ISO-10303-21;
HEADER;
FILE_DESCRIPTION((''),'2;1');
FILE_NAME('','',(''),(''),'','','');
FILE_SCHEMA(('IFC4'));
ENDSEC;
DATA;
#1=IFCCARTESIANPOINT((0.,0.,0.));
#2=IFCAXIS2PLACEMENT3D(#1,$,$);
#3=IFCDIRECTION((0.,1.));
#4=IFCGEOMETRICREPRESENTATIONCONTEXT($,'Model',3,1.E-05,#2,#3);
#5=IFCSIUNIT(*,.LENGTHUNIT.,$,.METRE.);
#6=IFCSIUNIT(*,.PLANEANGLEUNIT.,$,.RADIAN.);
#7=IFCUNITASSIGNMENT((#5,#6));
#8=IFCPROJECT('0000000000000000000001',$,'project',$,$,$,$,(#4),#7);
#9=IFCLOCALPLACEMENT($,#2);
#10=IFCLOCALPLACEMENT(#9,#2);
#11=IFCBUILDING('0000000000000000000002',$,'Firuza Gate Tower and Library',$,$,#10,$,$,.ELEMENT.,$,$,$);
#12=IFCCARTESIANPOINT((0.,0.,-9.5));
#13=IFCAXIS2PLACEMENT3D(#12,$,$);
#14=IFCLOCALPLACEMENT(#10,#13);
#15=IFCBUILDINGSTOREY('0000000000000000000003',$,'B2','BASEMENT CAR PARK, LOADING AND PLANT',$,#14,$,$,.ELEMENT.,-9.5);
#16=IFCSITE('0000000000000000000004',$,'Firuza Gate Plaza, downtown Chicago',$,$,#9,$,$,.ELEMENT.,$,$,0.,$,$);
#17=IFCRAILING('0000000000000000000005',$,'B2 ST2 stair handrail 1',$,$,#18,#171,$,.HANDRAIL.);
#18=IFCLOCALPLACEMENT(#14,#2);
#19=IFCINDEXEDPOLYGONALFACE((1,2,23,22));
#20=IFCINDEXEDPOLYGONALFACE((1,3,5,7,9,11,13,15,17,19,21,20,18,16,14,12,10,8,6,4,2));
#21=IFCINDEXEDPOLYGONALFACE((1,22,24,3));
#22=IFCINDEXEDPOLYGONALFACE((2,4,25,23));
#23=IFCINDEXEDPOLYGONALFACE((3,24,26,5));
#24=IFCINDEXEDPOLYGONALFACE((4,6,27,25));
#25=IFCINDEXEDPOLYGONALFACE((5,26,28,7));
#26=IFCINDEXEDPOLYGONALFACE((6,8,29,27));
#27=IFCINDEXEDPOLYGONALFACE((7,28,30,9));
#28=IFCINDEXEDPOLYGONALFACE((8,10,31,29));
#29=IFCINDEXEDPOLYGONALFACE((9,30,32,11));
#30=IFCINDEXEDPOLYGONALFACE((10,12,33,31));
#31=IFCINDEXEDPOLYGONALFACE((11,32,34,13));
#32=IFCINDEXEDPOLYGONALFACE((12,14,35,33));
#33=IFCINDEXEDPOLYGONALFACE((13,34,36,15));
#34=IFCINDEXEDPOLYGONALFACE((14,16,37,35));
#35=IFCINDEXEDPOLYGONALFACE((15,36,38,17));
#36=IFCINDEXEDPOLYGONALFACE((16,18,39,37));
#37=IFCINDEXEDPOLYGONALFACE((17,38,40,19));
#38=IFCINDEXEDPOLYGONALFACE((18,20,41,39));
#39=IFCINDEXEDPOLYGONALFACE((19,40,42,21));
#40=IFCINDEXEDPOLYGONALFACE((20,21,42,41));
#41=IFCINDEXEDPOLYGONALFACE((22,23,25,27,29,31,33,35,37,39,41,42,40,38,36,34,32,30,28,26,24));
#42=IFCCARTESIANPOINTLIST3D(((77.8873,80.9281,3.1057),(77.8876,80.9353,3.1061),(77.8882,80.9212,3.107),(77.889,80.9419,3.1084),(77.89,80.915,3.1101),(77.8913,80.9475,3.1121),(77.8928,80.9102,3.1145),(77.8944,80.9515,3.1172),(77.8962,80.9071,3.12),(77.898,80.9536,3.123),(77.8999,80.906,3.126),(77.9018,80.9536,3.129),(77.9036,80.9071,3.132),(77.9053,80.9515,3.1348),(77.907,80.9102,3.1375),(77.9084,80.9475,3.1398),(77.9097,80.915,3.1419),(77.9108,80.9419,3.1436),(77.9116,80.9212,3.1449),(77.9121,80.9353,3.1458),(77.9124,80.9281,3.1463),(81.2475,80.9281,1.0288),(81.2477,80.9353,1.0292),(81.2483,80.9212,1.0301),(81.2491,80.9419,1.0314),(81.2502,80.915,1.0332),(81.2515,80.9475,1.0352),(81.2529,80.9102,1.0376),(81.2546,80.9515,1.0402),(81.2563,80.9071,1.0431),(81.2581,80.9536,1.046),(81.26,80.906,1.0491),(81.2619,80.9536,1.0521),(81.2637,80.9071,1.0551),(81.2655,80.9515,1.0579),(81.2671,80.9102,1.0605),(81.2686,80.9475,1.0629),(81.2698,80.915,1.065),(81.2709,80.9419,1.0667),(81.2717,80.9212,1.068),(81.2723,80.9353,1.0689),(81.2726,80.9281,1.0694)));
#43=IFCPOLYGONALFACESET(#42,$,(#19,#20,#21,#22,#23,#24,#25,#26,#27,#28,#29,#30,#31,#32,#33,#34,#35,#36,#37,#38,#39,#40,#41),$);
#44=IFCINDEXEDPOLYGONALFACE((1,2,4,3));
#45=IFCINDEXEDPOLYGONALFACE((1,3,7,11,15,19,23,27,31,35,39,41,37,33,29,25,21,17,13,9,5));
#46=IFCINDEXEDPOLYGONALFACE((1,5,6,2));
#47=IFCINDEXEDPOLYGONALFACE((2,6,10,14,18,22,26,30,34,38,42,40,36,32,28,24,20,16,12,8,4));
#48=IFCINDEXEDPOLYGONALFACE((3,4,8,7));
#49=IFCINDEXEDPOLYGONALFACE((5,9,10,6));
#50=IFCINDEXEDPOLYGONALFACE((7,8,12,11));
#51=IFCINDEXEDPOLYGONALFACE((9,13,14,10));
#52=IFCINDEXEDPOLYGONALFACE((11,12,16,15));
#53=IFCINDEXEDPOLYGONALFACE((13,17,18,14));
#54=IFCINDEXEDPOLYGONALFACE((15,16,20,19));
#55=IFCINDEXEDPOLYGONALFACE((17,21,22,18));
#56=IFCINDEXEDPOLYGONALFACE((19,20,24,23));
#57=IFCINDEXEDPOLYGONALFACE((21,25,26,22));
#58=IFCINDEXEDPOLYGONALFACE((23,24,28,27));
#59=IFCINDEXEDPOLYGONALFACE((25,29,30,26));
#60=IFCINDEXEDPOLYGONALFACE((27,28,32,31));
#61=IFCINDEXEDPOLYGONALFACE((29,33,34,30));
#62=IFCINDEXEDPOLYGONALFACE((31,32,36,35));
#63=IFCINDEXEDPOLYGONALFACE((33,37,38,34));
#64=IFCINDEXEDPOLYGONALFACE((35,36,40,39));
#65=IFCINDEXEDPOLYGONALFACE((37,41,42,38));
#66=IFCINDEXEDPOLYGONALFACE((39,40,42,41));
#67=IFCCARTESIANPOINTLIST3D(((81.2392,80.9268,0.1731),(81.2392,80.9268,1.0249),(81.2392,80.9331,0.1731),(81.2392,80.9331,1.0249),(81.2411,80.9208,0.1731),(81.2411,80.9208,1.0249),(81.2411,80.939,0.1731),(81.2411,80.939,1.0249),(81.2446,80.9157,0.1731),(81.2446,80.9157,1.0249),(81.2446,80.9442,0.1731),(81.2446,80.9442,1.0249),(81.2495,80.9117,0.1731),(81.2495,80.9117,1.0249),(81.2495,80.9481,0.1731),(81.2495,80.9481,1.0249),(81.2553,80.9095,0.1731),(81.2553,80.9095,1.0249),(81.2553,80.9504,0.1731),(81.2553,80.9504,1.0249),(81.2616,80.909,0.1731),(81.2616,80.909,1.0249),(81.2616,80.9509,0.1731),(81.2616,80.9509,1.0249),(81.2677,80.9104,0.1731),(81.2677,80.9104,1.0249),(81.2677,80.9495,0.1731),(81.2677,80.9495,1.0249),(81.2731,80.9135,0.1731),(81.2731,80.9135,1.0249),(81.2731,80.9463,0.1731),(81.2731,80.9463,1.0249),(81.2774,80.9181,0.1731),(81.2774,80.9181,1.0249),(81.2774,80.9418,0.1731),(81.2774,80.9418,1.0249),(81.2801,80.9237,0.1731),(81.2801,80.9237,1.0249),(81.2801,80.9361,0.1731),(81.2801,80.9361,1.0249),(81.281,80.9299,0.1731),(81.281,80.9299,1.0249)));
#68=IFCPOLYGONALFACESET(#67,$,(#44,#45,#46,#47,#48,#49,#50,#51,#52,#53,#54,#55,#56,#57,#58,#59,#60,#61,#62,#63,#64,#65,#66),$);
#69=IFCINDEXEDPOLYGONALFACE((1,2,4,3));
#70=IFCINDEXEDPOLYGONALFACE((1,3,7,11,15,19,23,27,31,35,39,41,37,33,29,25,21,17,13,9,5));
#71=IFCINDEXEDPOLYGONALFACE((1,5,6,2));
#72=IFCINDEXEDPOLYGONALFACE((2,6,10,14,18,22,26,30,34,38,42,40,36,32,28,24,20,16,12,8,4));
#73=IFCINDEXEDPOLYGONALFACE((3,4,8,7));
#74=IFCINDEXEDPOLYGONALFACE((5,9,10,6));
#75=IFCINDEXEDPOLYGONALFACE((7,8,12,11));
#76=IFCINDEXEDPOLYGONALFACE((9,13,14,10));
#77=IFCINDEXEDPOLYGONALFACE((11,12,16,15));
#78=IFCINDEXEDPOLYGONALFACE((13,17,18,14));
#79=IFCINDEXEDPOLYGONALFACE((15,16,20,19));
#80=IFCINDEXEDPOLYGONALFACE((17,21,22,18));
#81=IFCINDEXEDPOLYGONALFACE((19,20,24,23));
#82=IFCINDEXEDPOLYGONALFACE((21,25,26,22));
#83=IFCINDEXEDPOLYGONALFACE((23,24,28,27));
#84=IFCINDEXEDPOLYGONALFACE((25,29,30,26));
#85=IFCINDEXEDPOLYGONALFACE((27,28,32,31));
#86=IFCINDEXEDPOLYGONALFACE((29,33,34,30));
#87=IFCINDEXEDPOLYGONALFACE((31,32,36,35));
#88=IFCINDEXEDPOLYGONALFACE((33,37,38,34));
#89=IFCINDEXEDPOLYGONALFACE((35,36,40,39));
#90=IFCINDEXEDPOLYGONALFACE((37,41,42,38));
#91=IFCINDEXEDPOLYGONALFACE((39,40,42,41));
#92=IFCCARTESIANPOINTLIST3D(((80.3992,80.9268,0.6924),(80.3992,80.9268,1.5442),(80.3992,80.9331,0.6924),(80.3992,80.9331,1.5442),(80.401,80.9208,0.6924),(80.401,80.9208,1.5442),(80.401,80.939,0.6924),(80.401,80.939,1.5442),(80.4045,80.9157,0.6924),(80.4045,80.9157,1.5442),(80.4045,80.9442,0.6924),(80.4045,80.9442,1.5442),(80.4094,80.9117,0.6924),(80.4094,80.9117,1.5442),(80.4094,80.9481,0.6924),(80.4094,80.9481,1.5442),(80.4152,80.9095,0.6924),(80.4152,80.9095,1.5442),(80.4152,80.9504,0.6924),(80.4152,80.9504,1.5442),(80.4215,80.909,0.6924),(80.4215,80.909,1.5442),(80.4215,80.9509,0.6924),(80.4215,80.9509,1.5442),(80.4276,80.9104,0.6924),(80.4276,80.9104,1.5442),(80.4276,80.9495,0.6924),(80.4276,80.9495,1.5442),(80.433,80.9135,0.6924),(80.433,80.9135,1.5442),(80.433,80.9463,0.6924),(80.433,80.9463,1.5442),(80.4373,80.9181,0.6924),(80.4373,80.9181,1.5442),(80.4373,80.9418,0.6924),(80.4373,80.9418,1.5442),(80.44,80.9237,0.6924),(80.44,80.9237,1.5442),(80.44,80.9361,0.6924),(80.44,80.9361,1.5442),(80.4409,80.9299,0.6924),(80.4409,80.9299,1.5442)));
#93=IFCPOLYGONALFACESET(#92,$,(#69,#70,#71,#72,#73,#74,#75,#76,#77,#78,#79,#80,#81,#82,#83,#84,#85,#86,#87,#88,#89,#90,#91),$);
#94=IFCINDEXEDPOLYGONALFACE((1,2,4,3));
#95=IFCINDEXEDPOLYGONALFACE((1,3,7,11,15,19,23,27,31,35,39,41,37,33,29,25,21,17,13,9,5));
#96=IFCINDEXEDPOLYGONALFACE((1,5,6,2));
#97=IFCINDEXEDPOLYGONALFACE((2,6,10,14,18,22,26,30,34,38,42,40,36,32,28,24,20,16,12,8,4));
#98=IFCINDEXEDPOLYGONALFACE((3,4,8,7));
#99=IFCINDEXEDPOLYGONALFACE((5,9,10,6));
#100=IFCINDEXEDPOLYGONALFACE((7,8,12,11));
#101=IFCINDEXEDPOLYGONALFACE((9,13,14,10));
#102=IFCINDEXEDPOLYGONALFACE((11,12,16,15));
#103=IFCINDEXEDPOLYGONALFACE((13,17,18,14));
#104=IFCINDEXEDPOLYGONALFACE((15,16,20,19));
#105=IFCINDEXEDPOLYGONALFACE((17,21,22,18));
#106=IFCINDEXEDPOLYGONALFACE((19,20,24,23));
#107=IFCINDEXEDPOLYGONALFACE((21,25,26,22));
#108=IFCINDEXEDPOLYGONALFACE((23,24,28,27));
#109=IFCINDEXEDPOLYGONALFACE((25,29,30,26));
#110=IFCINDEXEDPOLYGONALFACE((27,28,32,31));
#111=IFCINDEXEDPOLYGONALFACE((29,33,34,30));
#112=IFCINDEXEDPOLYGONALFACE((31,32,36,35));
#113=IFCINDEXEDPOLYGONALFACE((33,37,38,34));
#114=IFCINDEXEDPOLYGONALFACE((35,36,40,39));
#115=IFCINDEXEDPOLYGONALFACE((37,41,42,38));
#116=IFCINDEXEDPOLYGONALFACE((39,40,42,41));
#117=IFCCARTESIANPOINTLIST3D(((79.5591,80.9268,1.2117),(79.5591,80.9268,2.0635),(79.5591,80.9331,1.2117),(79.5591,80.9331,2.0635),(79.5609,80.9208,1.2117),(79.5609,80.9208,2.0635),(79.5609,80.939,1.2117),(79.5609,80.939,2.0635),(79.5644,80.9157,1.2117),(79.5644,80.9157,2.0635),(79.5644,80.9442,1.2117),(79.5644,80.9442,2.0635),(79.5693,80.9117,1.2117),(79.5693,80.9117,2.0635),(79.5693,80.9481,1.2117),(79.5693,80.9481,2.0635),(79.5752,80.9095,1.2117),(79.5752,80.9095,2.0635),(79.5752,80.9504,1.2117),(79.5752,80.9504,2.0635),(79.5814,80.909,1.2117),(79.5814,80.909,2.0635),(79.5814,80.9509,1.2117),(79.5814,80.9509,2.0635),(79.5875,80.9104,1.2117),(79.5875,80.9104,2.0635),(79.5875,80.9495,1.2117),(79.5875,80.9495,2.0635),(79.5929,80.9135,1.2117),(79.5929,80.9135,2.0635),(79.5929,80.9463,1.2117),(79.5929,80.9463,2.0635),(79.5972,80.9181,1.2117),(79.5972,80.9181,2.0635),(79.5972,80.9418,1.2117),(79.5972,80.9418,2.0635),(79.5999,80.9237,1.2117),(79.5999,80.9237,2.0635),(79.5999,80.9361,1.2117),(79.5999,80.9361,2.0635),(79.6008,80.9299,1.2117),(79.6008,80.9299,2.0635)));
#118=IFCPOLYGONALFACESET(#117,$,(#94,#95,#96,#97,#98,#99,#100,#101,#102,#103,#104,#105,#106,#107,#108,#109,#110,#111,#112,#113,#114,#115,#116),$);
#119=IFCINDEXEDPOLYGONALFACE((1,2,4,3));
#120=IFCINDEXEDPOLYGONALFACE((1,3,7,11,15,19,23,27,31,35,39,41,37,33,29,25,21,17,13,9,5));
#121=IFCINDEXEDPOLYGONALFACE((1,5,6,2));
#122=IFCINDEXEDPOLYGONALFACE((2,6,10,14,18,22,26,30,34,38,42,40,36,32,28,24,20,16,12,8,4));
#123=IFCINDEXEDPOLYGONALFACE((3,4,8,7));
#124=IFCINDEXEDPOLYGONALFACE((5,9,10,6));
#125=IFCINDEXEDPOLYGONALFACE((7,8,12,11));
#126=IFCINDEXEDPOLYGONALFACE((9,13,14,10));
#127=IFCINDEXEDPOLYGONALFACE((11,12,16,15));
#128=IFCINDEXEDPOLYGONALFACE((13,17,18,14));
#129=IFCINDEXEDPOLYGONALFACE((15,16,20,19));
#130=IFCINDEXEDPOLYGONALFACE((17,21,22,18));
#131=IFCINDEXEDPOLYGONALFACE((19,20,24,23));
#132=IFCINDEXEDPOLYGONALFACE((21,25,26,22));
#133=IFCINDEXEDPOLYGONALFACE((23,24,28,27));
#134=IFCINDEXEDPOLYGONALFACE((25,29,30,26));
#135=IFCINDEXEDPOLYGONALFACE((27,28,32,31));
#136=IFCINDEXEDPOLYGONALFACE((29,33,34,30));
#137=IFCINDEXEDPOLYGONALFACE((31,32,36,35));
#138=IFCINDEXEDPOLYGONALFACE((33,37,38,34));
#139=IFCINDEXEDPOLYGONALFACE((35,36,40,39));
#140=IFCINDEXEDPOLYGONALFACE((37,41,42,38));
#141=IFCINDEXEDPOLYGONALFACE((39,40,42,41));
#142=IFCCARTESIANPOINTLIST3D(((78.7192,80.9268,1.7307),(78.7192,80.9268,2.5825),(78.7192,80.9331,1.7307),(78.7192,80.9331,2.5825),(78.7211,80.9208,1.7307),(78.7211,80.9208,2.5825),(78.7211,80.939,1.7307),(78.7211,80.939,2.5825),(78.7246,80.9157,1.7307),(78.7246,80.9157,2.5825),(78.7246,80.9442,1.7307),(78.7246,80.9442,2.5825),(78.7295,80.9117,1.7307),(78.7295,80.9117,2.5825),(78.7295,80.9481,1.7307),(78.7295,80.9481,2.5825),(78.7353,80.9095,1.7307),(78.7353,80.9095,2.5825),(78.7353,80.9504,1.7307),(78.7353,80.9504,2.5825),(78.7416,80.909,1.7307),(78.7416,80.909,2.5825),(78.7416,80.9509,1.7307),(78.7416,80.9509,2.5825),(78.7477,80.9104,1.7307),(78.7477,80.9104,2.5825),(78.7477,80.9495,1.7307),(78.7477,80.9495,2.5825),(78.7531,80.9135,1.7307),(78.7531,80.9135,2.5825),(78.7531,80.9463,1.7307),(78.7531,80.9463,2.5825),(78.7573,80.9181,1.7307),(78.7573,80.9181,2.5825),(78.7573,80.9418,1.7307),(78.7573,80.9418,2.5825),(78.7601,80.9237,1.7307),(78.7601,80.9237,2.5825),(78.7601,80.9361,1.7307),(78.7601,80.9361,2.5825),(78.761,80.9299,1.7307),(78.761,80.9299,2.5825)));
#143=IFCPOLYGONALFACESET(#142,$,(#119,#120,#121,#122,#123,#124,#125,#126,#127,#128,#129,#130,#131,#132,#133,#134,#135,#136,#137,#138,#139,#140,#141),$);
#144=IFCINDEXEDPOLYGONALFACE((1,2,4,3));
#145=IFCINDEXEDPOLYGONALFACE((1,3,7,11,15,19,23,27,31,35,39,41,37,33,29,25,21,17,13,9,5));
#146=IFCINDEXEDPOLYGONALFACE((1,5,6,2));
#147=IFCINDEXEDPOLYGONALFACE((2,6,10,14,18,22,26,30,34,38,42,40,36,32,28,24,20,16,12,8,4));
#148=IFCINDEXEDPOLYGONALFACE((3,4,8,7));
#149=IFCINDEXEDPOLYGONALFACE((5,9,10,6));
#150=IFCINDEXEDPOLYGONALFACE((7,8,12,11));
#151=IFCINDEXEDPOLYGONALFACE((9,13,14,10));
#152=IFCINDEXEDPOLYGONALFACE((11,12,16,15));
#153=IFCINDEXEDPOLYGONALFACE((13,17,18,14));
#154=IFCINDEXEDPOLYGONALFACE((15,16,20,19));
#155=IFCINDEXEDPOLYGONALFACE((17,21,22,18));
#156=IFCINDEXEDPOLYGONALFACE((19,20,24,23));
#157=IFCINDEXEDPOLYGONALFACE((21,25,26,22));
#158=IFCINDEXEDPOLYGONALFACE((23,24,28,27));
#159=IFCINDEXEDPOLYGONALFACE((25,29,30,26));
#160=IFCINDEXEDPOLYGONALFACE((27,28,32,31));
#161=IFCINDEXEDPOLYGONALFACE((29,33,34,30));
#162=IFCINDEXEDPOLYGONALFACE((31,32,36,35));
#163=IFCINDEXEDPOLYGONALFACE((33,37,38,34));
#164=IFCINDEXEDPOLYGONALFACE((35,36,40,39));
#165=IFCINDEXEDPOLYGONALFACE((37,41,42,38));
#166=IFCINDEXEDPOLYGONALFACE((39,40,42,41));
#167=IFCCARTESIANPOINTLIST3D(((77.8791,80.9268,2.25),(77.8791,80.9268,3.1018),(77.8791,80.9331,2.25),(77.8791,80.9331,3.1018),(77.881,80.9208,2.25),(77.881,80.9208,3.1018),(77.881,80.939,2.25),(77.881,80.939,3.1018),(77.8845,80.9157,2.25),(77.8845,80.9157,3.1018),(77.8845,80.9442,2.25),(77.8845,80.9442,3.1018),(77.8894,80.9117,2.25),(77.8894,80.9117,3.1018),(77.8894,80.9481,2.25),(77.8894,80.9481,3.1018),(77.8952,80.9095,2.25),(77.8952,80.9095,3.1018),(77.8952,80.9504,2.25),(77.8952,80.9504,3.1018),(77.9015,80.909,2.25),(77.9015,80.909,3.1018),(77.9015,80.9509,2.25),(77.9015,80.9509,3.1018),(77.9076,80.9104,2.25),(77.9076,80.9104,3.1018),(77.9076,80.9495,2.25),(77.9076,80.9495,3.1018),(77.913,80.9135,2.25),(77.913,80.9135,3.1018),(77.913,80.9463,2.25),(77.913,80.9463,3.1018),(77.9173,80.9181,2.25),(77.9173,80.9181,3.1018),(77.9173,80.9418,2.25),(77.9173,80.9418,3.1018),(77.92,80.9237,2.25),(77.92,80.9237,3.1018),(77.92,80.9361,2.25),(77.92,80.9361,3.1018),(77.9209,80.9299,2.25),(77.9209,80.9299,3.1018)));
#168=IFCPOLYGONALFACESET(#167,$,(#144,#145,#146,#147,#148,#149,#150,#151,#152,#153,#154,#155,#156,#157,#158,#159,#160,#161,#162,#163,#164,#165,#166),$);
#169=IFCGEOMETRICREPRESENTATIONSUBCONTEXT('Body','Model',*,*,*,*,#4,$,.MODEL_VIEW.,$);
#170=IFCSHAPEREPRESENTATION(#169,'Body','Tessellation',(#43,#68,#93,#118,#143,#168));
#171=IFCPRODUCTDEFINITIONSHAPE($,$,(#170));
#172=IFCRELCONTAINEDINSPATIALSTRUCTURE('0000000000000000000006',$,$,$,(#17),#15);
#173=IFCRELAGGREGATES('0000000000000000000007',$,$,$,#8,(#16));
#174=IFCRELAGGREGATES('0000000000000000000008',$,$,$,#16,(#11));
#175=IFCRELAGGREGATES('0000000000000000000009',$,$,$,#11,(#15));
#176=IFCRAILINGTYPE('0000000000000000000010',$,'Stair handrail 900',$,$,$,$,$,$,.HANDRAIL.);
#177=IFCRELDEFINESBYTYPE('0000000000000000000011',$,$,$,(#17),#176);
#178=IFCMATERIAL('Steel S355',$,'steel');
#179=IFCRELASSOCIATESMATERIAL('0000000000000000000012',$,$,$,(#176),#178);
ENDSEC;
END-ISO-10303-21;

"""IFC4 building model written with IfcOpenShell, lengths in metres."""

from ifc_helpers import new_model, si_unit, direction, frame, origin, origin_2d, place, context, subcontext, project, spatial, circle, extrude, material, type_object, element, save


model = new_model("IFC4")

# Units and contexts
model_context = context("Model", 3, precision=1e-05, world=origin(), true_north=direction((0.0, 1.0)))
body_context = subcontext(model_context, "Body", "Model", "MODEL_VIEW")
ifc_project = project(units=[si_unit("LENGTHUNIT", "METRE"), si_unit("PLANEANGLEUNIT", "RADIAN")], contexts=[model_context])

# Site, building, storey
site_placement = place(None, origin())
site = spatial("IfcSite", under=ifc_project, at=site_placement, Name="Firuza Gate Plaza, downtown Chicago", CompositionType="ELEMENT", RefElevation=0.0)
building_placement = place(site_placement, origin())
building = spatial("IfcBuilding", under=site, at=building_placement, Name="Firuza Gate Tower and Library", CompositionType="ELEMENT")
storey_placement = place(building_placement, frame((0.0, 0.0, -9.5)))
storey = spatial("IfcBuildingStorey", under=building, at=storey_placement, Name="B2", Description="BASEMENT CAR PARK, LOADING AND PLANT", CompositionType="ELEMENT", Elevation=-9.5)

# Railing
ifc_material_1 = material(Name="Steel S355", Category="steel")
railing_type_1 = type_object("IfcRailingType", Name="Stair handrail 900", PredefinedType="HANDRAIL", material=ifc_material_1)
railing_1_placement = place(storey_placement, frame((81.26, 80.9299, 0.1731)))
element("IfcRailing", 1, at=railing_1_placement, inside=storey, type_object=railing_type_1, Name="B2 ST2 stair handrail 1", PredefinedType="HANDRAIL", context=body_context, shape_type="SweptSolid", body=[
    extrude(circle(Radius=0.0239, at=origin_2d()), frame((0.0, 0.0, 0.876), z_axis=(-0.850623, 0.0, 0.525776), x_axis=(0.0, -1.0, 0.0)), (0.0, 0.0, 1.0), 3.9502),
    extrude(circle(Radius=0.021, at=origin_2d()), origin(), (0.0, 0.0, 1.0), 0.8518),
    extrude(circle(Radius=0.021, at=origin_2d()), frame((-0.8401, 0.0, 0.5193)), (0.0, 0.0, 1.0), 0.8518),
    extrude(circle(Radius=0.021, at=origin_2d()), frame((-1.6802, 0.0, 1.0386)), (0.0, 0.0, 1.0), 0.8518),
    extrude(circle(Radius=0.021, at=origin_2d()), frame((-2.52, 0.0, 1.5576)), (0.0, 0.0, 1.0), 0.8518),
    extrude(circle(Radius=0.021, at=origin_2d()), frame((-3.3601, 0.0, 2.0769)), (0.0, 0.0, 1.0), 0.8518),
])

save(model, "model.ifc")
